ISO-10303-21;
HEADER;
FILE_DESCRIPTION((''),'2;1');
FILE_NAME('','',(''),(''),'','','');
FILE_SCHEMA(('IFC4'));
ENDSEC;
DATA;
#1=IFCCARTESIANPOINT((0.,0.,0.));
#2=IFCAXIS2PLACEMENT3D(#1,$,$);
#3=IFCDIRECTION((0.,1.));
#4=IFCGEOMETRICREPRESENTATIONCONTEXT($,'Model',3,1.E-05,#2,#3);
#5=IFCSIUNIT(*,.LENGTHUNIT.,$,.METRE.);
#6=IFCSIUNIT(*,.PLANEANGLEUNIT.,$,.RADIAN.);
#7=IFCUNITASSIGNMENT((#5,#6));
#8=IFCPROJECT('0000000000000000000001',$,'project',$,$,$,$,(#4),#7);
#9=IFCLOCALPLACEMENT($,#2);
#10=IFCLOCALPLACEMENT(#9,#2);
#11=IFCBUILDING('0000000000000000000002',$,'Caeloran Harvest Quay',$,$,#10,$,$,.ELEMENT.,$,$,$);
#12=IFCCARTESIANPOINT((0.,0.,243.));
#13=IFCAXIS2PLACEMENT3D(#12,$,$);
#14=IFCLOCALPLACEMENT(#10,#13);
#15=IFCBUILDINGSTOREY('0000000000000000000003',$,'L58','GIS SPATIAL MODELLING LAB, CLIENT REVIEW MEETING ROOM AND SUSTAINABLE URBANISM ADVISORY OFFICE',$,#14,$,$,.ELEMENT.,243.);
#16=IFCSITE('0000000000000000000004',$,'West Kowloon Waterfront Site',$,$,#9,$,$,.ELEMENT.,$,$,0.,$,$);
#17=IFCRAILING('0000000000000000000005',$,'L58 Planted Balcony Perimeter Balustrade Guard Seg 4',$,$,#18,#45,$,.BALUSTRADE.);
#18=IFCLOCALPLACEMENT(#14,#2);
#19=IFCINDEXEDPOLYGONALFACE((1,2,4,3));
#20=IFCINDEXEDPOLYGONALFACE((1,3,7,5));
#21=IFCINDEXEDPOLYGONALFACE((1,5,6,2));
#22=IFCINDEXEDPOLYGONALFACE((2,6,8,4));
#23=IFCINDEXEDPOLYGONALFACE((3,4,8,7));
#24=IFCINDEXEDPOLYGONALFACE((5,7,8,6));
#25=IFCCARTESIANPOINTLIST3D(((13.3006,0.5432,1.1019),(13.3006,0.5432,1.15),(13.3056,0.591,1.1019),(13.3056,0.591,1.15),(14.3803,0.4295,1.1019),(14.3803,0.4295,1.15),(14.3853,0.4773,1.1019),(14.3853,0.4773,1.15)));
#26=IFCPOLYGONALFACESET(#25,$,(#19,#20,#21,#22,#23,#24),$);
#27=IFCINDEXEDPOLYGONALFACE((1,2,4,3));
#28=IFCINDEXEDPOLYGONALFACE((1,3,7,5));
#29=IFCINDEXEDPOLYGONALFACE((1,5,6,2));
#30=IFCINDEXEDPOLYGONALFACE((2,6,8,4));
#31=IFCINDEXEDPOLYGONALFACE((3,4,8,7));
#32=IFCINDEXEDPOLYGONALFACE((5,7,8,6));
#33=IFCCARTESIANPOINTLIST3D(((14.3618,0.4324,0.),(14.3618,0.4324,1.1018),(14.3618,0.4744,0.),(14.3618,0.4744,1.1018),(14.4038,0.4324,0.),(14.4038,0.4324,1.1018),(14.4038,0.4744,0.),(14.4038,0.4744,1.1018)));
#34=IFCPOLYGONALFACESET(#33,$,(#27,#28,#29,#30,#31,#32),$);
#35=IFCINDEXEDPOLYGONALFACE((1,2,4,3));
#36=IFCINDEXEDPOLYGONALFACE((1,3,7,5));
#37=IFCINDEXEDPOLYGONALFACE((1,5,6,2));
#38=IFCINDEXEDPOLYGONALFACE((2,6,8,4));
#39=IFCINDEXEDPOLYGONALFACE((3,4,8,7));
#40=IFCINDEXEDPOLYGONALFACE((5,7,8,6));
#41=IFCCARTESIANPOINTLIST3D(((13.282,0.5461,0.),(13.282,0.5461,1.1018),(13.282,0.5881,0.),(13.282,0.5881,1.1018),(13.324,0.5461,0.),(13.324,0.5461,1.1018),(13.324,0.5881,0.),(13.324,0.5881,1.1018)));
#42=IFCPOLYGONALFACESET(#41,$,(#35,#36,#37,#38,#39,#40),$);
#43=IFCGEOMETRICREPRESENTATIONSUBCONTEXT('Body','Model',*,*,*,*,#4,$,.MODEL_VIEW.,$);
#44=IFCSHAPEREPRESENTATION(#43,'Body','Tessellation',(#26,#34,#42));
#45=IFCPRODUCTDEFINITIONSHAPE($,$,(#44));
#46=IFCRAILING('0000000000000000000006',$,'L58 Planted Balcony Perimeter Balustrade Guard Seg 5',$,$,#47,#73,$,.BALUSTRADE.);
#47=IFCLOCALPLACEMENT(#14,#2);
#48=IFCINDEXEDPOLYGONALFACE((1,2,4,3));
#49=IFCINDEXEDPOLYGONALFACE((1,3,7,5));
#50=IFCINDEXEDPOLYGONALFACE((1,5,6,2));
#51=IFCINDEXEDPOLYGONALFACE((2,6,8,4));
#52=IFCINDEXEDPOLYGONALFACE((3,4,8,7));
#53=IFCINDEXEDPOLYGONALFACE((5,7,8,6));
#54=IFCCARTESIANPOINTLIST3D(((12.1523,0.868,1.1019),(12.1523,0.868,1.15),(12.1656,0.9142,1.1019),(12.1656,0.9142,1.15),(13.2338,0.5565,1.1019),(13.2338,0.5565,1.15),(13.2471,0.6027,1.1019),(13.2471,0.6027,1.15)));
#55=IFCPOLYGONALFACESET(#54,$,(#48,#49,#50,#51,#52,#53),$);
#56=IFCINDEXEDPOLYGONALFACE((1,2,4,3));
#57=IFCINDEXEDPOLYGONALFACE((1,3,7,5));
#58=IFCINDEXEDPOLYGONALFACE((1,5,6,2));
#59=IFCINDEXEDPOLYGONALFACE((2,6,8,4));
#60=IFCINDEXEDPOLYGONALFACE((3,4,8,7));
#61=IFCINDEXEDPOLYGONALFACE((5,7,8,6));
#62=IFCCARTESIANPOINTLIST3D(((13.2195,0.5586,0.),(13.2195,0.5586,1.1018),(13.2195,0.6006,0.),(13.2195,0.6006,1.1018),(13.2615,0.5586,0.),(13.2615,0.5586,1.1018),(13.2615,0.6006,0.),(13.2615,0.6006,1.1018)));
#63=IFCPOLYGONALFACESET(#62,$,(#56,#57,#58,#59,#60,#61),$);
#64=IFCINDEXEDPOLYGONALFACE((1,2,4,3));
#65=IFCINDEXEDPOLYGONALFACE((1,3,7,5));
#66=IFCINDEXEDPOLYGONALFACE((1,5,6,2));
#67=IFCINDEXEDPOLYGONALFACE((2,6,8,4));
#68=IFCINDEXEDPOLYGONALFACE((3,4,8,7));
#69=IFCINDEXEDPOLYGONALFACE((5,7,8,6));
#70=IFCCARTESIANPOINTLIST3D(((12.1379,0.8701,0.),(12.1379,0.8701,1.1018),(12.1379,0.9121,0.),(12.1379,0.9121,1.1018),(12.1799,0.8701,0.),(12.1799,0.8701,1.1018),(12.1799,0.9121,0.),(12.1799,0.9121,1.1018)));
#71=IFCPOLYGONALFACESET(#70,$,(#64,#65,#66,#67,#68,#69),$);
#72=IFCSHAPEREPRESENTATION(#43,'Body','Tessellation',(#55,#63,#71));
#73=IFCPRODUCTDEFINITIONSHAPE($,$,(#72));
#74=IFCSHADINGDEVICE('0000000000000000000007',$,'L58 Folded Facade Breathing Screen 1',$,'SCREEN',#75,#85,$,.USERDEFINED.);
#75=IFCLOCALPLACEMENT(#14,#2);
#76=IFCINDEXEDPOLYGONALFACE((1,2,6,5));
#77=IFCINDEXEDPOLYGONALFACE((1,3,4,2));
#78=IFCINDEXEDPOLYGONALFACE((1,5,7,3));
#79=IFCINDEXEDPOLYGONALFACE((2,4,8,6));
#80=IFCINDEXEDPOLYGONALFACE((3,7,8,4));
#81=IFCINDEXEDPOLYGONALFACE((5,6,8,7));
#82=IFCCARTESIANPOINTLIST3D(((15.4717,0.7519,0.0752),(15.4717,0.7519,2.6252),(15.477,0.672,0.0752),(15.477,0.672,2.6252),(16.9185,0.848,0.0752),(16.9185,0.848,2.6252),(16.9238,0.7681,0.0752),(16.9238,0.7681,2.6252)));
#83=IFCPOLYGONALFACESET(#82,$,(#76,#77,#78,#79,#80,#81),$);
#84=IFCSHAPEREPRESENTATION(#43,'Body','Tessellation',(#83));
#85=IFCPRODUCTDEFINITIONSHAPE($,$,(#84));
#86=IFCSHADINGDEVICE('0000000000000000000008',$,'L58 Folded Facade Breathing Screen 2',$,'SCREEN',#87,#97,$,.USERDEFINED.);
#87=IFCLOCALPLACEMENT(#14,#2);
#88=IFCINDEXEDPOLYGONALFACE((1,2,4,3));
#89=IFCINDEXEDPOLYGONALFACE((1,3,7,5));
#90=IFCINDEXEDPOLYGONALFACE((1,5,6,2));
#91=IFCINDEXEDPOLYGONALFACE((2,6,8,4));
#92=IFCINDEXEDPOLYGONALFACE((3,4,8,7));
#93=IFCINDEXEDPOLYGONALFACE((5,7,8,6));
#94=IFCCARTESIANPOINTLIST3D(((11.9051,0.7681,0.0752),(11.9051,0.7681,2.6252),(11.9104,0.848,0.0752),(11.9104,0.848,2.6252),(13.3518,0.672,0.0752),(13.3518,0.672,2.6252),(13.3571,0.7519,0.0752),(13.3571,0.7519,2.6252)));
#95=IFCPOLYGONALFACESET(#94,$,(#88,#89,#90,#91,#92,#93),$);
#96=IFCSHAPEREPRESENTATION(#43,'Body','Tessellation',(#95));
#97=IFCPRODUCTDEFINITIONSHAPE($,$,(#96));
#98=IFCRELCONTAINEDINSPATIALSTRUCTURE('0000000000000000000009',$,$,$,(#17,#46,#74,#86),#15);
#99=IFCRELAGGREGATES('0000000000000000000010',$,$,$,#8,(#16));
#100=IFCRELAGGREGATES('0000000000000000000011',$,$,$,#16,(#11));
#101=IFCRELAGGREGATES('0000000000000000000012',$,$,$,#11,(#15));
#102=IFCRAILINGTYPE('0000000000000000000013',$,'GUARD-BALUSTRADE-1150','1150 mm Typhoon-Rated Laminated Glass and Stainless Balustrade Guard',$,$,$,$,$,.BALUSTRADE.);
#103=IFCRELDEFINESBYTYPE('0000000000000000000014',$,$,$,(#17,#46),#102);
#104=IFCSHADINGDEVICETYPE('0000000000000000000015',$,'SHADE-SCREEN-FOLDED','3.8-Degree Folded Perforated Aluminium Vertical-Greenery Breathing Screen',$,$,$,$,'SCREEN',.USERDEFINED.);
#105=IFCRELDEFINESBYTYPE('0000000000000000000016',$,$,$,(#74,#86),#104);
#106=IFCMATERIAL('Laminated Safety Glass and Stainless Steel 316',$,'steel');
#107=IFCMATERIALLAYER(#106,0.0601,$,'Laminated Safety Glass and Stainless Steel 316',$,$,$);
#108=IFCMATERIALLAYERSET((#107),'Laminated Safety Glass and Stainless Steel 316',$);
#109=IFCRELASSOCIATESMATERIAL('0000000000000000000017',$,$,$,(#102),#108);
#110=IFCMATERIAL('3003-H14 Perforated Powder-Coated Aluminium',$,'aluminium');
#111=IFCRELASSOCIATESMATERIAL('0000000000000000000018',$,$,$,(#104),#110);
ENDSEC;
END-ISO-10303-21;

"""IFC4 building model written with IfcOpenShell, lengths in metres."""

from ifc_helpers import new_model, si_unit, direction, frame, origin, origin_2d, place, context, subcontext, project, spatial, rectangle, extrude, material, layer, layer_set, type_object, element, save


model = new_model("IFC4")

# Units and contexts
model_context = context("Model", 3, precision=1e-05, world=origin(), true_north=direction((0.0, 1.0)))
body_context = subcontext(model_context, "Body", "Model", "MODEL_VIEW")
ifc_project = project(units=[si_unit("LENGTHUNIT", "METRE"), si_unit("PLANEANGLEUNIT", "RADIAN")], contexts=[model_context])

# Site, building, storey
site_placement = place(None, origin())
site = spatial("IfcSite", under=ifc_project, at=site_placement, Name="West Kowloon Waterfront Site", CompositionType="ELEMENT", RefElevation=0.0)
building_placement = place(site_placement, origin())
building = spatial("IfcBuilding", under=site, at=building_placement, Name="Caeloran Harvest Quay", CompositionType="ELEMENT")
storey_placement = place(building_placement, frame((0.0, 0.0, 243.0)))
storey = spatial("IfcBuildingStorey", under=building, at=storey_placement, Name="L58", Description="GIS SPATIAL MODELLING LAB, CLIENT REVIEW MEETING ROOM AND SUSTAINABLE URBANISM ADVISORY OFFICE", CompositionType="ELEMENT", Elevation=243.0)

# Railings
ifc_material_1 = material(Name="Laminated Safety Glass and Stainless Steel 316", Category="steel")
ifc_layer_1 = layer(ifc_material_1, 0.0601, Name="Laminated Safety Glass and Stainless Steel 316")
ifc_layer_set_1 = layer_set([ifc_layer_1], Name="Laminated Safety Glass and Stainless Steel 316")
railing_type = type_object("IfcRailingType", Name="GUARD-BALUSTRADE-1150", Description="1150 mm Typhoon-Rated Laminated Glass and Stainless Balustrade Guard", PredefinedType="BALUSTRADE", material=ifc_layer_set_1)
railing_1_placement = place(storey_placement, frame((14.3828, 0.4534, 0.0)))
element("IfcRailing", 1, at=railing_1_placement, inside=storey, type_object=railing_type, Name="L58 Planted Balcony Perimeter Balustrade Guard Seg 4", PredefinedType="BALUSTRADE", context=body_context, shape_type="SweptSolid", body=[
    extrude(rectangle(XDim=0.0481, YDim=0.0481, at=origin_2d()), frame((0.0, 0.0, 1.126), z_axis=(-0.994496, 0.104778, 0.0), x_axis=(-0.104778, -0.994496, 0.0)), (0.0, 0.0, 1.0), 1.0857),
    extrude(rectangle(XDim=0.042, YDim=0.042, at=origin_2d()), origin(), (0.0, 0.0, 1.0), 1.1018),
    extrude(rectangle(XDim=0.042, YDim=0.042, at=origin_2d()), frame((-1.0798, 0.1138, 0.0)), (0.0, 0.0, 1.0), 1.1018),
])
railing_2_placement = place(storey_placement, frame((13.2405, 0.5796, 0.0)))
element("IfcRailing", 2, at=railing_2_placement, inside=storey, type_object=railing_type, Name="L58 Planted Balcony Perimeter Balustrade Guard Seg 5", PredefinedType="BALUSTRADE", context=body_context, shape_type="SweptSolid", body=[
    extrude(rectangle(XDim=0.0481, YDim=0.0481, at=origin_2d()), frame((0.0, 0.0, 1.126), z_axis=(-0.960932, 0.276783, 0.0), x_axis=(-0.276783, -0.960932, 0.0)), (0.0, 0.0, 1.0), 1.1255),
    extrude(rectangle(XDim=0.042, YDim=0.042, at=origin_2d()), origin(), (0.0, 0.0, 1.0), 1.1018),
    extrude(rectangle(XDim=0.042, YDim=0.042, at=origin_2d()), frame((-1.0815, 0.3115, 0.0)), (0.0, 0.0, 1.0), 1.1018),
])

# Shading devices
ifc_material_2 = material(Name="3003-H14 Perforated Powder-Coated Aluminium", Category="aluminium")
shading_device_type = type_object("IfcShadingDeviceType", Name="SHADE-SCREEN-FOLDED", Description="3.8-Degree Folded Perforated Aluminium Vertical-Greenery Breathing Screen", ElementType="SCREEN", PredefinedType="USERDEFINED", material=ifc_material_2)
for number, where, z_axis, x_axis, name in (
    (3, (16.1978, 0.76, 0.0752), (0.0, 0.0, 1.0), (0.997801, 0.066274, 0.0), "L58 Folded Facade Breathing Screen 1"),
    (4, (12.6311, 0.76, 0.0752), (0.0, 0.0, 1.0), (0.997801, -0.066274, 0.0), "L58 Folded Facade Breathing Screen 2"),
):
    element("IfcShadingDevice", number, at=place(storey_placement, frame(where, z_axis=z_axis, x_axis=x_axis)), inside=storey, type_object=shading_device_type, Name=name, ObjectType="SCREEN", PredefinedType="USERDEFINED", context=body_context, shape_type="SweptSolid", body=[
        extrude(rectangle(XDim=1.45, YDim=0.0801, at=origin_2d()), origin(), (0.0, 0.0, 1.0), 2.55),
    ])

save(model, "model.ifc")
